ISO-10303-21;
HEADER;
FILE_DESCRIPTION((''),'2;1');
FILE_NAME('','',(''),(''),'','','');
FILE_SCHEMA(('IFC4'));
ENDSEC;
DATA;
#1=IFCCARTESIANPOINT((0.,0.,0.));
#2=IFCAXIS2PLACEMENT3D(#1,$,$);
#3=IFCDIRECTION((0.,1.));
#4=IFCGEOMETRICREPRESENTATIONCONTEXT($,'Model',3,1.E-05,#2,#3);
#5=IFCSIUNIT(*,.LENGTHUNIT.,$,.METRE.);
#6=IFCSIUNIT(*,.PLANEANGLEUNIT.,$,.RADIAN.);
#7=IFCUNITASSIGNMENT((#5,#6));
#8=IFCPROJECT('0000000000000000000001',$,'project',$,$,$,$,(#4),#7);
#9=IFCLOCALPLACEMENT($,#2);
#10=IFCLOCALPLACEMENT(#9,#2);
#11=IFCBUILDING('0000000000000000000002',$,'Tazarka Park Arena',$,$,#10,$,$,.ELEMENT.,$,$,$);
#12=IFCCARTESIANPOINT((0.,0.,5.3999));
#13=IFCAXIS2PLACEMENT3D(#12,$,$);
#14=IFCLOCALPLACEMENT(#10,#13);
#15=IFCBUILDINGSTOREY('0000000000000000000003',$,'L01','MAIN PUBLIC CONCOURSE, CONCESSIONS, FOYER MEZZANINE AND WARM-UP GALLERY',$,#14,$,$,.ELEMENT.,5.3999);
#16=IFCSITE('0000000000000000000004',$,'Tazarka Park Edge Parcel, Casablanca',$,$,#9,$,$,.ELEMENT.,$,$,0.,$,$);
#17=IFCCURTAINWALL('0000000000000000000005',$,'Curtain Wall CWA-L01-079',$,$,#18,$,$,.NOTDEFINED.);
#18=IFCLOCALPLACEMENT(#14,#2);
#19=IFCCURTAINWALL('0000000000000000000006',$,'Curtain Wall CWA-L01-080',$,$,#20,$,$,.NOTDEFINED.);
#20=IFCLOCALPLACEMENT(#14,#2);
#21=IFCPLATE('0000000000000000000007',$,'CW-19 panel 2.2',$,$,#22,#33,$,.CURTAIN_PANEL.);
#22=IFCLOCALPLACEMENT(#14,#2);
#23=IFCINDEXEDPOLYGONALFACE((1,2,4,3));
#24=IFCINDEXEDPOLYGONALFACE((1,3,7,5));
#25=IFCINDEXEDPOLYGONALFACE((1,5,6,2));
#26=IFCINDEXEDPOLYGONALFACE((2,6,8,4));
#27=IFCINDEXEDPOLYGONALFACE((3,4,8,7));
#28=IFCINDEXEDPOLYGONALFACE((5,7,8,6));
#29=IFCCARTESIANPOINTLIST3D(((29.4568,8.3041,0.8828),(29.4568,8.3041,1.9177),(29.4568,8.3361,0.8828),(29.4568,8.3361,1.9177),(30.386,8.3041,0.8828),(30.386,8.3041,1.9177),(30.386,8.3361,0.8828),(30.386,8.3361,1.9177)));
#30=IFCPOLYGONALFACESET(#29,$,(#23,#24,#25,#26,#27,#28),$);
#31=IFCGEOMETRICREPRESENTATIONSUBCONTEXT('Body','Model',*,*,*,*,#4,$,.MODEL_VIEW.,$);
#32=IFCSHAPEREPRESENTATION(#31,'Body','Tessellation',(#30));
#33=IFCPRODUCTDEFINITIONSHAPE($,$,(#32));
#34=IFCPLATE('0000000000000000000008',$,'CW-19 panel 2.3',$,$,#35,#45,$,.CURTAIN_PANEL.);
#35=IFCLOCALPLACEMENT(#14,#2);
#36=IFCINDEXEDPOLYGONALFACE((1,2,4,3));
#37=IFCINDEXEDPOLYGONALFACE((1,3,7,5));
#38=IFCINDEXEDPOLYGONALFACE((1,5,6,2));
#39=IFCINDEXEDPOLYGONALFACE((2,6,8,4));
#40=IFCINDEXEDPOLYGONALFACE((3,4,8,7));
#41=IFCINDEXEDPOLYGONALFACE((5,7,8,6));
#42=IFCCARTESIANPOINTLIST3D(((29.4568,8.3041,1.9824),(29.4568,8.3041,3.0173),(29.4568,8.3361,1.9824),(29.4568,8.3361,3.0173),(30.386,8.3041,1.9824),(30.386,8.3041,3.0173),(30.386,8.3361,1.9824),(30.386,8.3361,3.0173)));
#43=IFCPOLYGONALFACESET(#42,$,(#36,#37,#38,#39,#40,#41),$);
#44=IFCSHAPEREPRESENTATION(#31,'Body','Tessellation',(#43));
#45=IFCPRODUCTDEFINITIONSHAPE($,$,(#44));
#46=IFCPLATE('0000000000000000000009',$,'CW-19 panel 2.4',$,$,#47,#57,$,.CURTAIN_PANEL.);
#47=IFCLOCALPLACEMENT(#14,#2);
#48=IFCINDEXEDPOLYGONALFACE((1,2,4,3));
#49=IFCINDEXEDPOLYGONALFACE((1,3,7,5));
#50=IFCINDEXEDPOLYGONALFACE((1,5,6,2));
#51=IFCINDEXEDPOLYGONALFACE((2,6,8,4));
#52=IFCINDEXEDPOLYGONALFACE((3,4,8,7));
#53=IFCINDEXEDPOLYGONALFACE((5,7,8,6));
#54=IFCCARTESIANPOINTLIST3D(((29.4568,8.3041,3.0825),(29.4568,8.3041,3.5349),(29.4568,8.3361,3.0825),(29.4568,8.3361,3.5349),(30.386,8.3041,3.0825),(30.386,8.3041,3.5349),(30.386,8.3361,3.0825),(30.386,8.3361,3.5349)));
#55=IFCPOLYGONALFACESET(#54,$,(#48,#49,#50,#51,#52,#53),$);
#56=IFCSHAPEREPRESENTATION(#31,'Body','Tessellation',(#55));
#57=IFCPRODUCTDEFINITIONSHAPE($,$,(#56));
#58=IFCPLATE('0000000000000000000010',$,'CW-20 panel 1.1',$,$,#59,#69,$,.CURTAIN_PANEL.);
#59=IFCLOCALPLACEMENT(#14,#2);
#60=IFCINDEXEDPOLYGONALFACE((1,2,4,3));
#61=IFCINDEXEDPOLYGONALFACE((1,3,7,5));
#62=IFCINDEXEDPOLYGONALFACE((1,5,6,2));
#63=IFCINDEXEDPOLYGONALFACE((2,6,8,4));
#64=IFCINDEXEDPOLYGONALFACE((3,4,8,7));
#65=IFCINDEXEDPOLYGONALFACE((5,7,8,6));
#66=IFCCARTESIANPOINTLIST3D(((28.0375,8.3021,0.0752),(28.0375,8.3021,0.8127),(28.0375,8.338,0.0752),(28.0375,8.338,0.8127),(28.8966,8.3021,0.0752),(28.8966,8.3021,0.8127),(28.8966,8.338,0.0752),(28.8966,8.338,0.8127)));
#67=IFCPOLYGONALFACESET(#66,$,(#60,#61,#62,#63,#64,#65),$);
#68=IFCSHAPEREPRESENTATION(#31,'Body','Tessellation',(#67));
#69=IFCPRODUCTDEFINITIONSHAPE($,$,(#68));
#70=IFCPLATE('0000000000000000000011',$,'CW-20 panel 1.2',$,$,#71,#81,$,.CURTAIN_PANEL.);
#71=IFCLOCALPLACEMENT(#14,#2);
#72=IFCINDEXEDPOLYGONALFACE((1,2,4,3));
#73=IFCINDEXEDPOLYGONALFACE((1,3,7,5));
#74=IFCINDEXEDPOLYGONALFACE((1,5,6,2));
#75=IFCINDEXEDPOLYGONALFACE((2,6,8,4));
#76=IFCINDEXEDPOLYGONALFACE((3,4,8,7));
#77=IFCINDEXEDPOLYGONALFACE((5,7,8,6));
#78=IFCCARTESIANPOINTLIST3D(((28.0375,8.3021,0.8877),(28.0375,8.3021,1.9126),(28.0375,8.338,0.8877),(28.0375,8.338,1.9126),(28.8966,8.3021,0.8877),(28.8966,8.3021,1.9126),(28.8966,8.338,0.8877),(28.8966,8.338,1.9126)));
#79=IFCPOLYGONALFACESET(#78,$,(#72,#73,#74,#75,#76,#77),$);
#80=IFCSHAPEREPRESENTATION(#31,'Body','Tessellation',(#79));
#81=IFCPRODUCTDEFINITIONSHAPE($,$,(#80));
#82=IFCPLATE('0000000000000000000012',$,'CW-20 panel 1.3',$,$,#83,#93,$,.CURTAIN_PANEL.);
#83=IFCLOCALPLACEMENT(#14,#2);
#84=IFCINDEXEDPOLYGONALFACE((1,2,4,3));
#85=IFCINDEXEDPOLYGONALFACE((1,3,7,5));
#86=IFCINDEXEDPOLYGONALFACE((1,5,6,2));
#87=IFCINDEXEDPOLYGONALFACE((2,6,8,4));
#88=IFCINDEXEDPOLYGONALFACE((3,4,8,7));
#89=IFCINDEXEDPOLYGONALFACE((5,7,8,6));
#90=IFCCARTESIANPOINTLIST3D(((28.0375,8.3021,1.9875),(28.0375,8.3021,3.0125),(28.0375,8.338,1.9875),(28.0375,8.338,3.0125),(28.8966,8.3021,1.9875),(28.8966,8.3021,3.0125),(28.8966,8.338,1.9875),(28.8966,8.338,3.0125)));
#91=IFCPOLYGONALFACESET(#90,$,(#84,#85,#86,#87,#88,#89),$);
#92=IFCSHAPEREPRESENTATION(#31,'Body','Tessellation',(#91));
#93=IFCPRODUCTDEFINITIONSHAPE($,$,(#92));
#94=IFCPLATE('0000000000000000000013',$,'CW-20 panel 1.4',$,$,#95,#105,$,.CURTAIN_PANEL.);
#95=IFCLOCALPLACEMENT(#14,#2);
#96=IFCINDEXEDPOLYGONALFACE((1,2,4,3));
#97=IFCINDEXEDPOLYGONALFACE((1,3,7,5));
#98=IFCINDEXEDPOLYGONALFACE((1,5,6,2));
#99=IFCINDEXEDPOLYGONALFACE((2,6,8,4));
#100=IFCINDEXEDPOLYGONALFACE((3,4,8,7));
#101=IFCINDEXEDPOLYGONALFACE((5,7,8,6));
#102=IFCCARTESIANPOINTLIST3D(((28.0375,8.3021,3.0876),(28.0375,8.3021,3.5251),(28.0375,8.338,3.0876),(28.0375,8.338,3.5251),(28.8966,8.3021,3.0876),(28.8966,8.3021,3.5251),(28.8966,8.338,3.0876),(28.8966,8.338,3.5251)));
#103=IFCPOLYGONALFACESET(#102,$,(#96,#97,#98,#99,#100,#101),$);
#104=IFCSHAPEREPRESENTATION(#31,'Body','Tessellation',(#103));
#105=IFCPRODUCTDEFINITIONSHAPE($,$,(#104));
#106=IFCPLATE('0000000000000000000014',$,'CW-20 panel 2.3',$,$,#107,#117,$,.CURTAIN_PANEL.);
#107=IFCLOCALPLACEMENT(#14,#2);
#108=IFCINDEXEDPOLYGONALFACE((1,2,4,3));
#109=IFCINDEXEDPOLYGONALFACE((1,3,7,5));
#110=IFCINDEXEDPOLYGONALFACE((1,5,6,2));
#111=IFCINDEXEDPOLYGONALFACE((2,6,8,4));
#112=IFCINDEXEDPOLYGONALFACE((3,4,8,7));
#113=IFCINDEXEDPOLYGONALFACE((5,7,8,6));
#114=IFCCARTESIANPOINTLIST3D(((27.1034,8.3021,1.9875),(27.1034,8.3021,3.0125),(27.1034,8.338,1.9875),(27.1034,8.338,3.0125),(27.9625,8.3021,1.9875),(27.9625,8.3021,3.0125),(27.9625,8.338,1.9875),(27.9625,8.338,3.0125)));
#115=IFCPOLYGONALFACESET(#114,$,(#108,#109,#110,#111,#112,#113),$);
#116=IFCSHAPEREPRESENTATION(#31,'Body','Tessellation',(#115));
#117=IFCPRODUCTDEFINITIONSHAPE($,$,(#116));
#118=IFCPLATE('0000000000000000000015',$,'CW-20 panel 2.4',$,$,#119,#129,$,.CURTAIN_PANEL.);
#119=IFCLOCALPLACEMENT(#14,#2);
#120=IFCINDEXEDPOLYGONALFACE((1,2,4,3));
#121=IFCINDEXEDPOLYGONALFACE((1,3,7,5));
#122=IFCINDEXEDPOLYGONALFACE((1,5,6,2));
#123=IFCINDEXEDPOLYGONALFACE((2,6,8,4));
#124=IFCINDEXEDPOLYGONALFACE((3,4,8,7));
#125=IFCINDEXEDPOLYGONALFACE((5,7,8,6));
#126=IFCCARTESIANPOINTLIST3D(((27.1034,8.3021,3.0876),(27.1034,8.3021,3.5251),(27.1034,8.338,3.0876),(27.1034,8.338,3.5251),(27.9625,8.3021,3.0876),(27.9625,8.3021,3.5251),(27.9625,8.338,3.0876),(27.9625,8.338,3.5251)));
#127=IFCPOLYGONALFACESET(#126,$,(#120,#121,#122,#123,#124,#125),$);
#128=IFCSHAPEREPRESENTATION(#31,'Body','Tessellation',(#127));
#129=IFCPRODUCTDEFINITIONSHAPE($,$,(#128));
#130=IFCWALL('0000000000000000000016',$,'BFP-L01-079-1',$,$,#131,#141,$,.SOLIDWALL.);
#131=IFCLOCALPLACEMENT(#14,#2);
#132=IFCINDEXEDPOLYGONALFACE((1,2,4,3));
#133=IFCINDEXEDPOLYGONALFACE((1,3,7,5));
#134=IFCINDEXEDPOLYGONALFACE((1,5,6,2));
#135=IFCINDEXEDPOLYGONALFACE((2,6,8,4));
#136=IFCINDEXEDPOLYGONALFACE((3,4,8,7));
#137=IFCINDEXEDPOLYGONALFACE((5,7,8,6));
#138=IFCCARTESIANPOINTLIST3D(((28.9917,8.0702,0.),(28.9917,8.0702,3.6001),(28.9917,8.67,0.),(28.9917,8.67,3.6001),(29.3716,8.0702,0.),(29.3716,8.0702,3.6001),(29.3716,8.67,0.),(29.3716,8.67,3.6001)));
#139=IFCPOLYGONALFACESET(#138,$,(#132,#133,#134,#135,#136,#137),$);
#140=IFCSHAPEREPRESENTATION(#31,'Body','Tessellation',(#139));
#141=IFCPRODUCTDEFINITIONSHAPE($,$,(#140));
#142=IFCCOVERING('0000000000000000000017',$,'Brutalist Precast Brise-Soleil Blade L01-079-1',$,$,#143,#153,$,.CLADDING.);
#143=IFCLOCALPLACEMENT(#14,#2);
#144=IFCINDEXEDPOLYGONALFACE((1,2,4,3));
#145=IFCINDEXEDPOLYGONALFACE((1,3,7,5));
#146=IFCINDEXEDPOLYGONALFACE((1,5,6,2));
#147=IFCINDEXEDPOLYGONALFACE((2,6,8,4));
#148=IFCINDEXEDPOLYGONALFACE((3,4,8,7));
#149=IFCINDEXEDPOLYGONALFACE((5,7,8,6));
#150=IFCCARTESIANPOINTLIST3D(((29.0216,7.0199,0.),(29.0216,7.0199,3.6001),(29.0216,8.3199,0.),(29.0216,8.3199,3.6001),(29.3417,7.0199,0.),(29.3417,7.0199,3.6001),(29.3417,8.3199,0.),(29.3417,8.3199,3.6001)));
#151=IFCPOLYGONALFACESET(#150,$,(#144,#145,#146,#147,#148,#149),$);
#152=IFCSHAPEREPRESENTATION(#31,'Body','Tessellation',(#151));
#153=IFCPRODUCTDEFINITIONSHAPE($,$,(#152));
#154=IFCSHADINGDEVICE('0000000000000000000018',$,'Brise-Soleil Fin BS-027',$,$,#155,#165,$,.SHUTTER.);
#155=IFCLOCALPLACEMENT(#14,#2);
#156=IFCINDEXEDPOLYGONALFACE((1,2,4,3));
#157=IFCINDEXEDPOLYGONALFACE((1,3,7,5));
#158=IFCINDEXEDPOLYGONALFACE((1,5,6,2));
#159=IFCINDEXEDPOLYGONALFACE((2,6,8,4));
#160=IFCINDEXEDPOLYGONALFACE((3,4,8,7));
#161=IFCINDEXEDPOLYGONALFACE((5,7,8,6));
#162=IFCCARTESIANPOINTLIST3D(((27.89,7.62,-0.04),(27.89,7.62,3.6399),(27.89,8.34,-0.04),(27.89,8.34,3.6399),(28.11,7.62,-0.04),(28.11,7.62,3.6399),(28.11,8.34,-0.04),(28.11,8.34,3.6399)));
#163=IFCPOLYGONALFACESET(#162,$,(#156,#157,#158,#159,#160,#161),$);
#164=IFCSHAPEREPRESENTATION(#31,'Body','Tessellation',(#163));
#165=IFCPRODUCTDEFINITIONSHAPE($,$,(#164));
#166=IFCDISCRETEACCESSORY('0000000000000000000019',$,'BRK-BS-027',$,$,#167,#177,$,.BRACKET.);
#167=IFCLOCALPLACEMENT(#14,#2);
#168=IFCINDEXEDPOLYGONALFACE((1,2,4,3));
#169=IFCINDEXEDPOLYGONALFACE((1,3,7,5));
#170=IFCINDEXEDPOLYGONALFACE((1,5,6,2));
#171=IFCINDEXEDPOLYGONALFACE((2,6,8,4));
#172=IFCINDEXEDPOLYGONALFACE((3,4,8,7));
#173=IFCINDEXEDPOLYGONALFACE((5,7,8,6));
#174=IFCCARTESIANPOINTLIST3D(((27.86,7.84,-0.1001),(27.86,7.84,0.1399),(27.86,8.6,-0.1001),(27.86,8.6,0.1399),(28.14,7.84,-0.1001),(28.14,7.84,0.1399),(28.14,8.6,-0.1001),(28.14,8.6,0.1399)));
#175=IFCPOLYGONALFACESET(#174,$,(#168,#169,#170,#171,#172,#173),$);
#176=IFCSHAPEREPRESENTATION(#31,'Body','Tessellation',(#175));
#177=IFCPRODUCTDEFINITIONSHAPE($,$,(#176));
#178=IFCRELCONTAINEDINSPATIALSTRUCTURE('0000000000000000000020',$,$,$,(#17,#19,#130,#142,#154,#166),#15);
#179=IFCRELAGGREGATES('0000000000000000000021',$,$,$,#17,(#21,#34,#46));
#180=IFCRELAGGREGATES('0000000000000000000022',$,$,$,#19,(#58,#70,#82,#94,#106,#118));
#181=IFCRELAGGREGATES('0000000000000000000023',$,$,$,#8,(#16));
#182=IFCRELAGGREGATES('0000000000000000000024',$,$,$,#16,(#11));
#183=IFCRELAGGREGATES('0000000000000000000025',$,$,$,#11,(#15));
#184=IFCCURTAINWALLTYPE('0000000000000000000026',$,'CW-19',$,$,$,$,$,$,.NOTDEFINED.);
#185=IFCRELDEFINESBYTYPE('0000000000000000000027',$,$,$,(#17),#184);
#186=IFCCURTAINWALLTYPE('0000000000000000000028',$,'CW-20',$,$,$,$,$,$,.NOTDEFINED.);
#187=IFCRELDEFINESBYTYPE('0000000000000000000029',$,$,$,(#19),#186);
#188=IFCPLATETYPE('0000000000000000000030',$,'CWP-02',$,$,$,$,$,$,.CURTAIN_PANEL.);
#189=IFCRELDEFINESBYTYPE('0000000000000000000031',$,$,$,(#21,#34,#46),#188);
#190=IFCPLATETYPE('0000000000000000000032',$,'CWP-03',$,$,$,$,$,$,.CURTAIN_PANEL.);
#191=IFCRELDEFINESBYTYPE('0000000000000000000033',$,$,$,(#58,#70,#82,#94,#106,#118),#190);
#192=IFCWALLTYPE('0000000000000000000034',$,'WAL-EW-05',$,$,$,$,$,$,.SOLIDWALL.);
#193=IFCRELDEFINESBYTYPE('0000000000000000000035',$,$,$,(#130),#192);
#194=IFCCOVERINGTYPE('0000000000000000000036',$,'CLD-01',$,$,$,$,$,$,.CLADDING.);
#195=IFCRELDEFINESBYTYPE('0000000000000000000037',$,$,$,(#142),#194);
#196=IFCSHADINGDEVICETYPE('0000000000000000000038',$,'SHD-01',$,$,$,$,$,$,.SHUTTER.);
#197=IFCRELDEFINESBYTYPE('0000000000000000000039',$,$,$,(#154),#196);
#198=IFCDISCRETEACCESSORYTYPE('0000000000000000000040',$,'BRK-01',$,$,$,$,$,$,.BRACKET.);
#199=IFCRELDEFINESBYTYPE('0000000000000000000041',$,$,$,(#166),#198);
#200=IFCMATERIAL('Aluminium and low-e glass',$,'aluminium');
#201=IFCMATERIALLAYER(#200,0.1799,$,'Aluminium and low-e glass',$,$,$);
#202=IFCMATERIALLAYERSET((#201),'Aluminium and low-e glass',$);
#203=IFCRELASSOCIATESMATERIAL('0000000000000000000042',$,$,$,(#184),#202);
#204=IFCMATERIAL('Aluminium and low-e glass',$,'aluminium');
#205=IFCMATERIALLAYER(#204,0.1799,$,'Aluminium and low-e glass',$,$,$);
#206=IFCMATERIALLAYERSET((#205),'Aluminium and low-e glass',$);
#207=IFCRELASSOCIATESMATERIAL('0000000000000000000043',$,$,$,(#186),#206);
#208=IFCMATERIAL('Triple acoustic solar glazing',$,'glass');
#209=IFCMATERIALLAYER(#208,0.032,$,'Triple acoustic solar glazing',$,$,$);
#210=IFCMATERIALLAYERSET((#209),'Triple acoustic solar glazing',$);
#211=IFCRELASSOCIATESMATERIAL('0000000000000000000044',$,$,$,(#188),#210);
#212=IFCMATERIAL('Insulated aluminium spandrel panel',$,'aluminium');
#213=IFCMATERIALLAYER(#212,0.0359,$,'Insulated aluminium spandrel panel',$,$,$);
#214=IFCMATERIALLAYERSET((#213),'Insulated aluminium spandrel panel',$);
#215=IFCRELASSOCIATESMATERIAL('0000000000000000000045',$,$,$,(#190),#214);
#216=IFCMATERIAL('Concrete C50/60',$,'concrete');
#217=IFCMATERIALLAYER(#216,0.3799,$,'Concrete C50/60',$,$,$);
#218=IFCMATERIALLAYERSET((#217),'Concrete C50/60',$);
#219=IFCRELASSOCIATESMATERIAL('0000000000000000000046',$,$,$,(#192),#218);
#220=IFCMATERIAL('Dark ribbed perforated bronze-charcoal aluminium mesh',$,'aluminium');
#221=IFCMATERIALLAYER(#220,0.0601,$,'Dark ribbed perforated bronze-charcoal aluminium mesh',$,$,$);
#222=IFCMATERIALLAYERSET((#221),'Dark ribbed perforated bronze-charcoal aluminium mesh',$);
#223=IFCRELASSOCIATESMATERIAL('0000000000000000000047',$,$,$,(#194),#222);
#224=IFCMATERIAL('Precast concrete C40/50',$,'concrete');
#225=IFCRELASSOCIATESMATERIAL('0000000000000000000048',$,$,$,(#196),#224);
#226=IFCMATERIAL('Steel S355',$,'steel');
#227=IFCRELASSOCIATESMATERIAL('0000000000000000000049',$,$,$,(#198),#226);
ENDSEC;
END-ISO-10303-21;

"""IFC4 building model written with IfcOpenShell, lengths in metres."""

from ifc_helpers import new_model, si_unit, direction, frame, frame_2d, origin, origin_2d, place, context, subcontext, project, spatial, rectangle, extrude, material, layer, layer_set, type_object, element, aggregate, save


model = new_model("IFC4")

# Units and contexts
model_context = context("Model", 3, precision=1e-05, world=origin(), true_north=direction((0.0, 1.0)))
body_context = subcontext(model_context, "Body", "Model", "MODEL_VIEW")
ifc_project = project(units=[si_unit("LENGTHUNIT", "METRE"), si_unit("PLANEANGLEUNIT", "RADIAN")], contexts=[model_context])

# Site, building, storey
site_placement = place(None, origin())
site = spatial("IfcSite", under=ifc_project, at=site_placement, Name="Tazarka Park Edge Parcel, Casablanca", CompositionType="ELEMENT", RefElevation=0.0)
building_placement = place(site_placement, origin())
building = spatial("IfcBuilding", under=site, at=building_placement, Name="Tazarka Park Arena", CompositionType="ELEMENT")
storey_placement = place(building_placement, frame((0.0, 0.0, 5.3999)))
storey = spatial("IfcBuildingStorey", under=building, at=storey_placement, Name="L01", Description="MAIN PUBLIC CONCOURSE, CONCESSIONS, FOYER MEZZANINE AND WARM-UP GALLERY", CompositionType="ELEMENT", Elevation=5.3999)

# Curtain wall
ifc_material_1 = material(Name="Aluminium and low-e glass", Category="aluminium")
ifc_layer_1 = layer(ifc_material_1, 0.1799, Name="Aluminium and low-e glass")
ifc_layer_set_1 = layer_set([ifc_layer_1], Name="Aluminium and low-e glass")
curtain_wall_type_1 = type_object("IfcCurtainWallType", Name="CW-19", PredefinedType="NOTDEFINED", material=ifc_layer_set_1)
curtain_wall_1_placement = place(storey_placement, origin())
curtain_wall_1 = element("IfcCurtainWall", 1, at=curtain_wall_1_placement, inside=storey, type_object=curtain_wall_type_1, Name="Curtain Wall CWA-L01-079", PredefinedType="NOTDEFINED")

# Curtain wall
ifc_material_2 = material(Name="Aluminium and low-e glass", Category="aluminium")
ifc_layer_2 = layer(ifc_material_2, 0.1799, Name="Aluminium and low-e glass")
ifc_layer_set_2 = layer_set([ifc_layer_2], Name="Aluminium and low-e glass")
curtain_wall_type_2 = type_object("IfcCurtainWallType", Name="CW-20", PredefinedType="NOTDEFINED", material=ifc_layer_set_2)
curtain_wall_2_placement = place(storey_placement, origin())
curtain_wall_2 = element("IfcCurtainWall", 2, at=curtain_wall_2_placement, inside=storey, type_object=curtain_wall_type_2, Name="Curtain Wall CWA-L01-080", PredefinedType="NOTDEFINED")

# Plates
ifc_material_3 = material(Name="Triple acoustic solar glazing", Category="glass")
ifc_layer_3 = layer(ifc_material_3, 0.032, Name="Triple acoustic solar glazing")
ifc_layer_set_3 = layer_set([ifc_layer_3], Name="Triple acoustic solar glazing")
plate_type_1 = type_object("IfcPlateType", Name="CWP-02", PredefinedType="CURTAIN_PANEL", material=ifc_layer_set_3)
plate_1_placement = place(storey_placement, frame((29.9214, 8.3201, 0.8828), z_axis=(0.0, 0.0, 1.0), x_axis=(-1.0, 0.0, 0.0)))
plate_1 = element("IfcPlate", 3, at=plate_1_placement, type_object=plate_type_1, Name="CW-19 panel 2.2", PredefinedType="CURTAIN_PANEL", context=body_context, shape_type="SweptSolid", body=[
    extrude(rectangle(XDim=0.9292, YDim=0.032, at=origin_2d()), origin(), (0.0, 0.0, 1.0), 1.0349),
])
plate_2_placement = place(storey_placement, frame((29.9214, 8.3201, 1.9824), z_axis=(0.0, 0.0, 1.0), x_axis=(-1.0, 0.0, 0.0)))
plate_2 = element("IfcPlate", 4, at=plate_2_placement, type_object=plate_type_1, Name="CW-19 panel 2.3", PredefinedType="CURTAIN_PANEL", context=body_context, shape_type="SweptSolid", body=[
    extrude(rectangle(XDim=0.9292, YDim=0.032, at=origin_2d()), origin(), (0.0, 0.0, 1.0), 1.0349),
])
plate_3_placement = place(storey_placement, frame((29.9214, 8.3201, 3.0825), z_axis=(0.0, 0.0, 1.0), x_axis=(-1.0, 0.0, 0.0)))
plate_3 = element("IfcPlate", 5, at=plate_3_placement, type_object=plate_type_1, Name="CW-19 panel 2.4", PredefinedType="CURTAIN_PANEL", context=body_context, shape_type="SweptSolid", body=[
    extrude(rectangle(XDim=0.9292, YDim=0.032, at=origin_2d()), origin(), (0.0, 0.0, 1.0), 0.4524),
])
aggregate(curtain_wall_1, [plate_1, plate_2, plate_3])
ifc_material_4 = material(Name="Insulated aluminium spandrel panel", Category="aluminium")
ifc_layer_4 = layer(ifc_material_4, 0.0359, Name="Insulated aluminium spandrel panel")
ifc_layer_set_4 = layer_set([ifc_layer_4], Name="Insulated aluminium spandrel panel")
plate_type_2 = type_object("IfcPlateType", Name="CWP-03", PredefinedType="CURTAIN_PANEL", material=ifc_layer_set_4)
plate_4_placement = place(storey_placement, frame((28.467, 8.3201, 0.0752), z_axis=(0.0, 0.0, 1.0), x_axis=(-1.0, 0.0, 0.0)))
plate_4 = element("IfcPlate", 6, at=plate_4_placement, type_object=plate_type_2, Name="CW-20 panel 1.1", PredefinedType="CURTAIN_PANEL", context=body_context, shape_type="SweptSolid", body=[
    extrude(rectangle(XDim=0.8591, YDim=0.0359, at=origin_2d()), origin(), (0.0, 0.0, 1.0), 0.7375),
])
plate_5_placement = place(storey_placement, frame((28.467, 8.3201, 0.8877), z_axis=(0.0, 0.0, 1.0), x_axis=(-1.0, 0.0, 0.0)))
plate_5 = element("IfcPlate", 7, at=plate_5_placement, type_object=plate_type_2, Name="CW-20 panel 1.2", PredefinedType="CURTAIN_PANEL", context=body_context, shape_type="SweptSolid", body=[
    extrude(rectangle(XDim=0.8591, YDim=0.0359, at=origin_2d()), origin(), (0.0, 0.0, 1.0), 1.0249),
])
plate_6_placement = place(storey_placement, frame((28.467, 8.3201, 1.9875), z_axis=(0.0, 0.0, 1.0), x_axis=(-1.0, 0.0, 0.0)))
plate_6 = element("IfcPlate", 8, at=plate_6_placement, type_object=plate_type_2, Name="CW-20 panel 1.3", PredefinedType="CURTAIN_PANEL", context=body_context, shape_type="SweptSolid", body=[
    extrude(rectangle(XDim=0.8591, YDim=0.0359, at=origin_2d()), origin(), (0.0, 0.0, 1.0), 1.0249),
])
plate_7_placement = place(storey_placement, frame((28.467, 8.3201, 3.0876), z_axis=(0.0, 0.0, 1.0), x_axis=(-1.0, 0.0, 0.0)))
plate_7 = element("IfcPlate", 9, at=plate_7_placement, type_object=plate_type_2, Name="CW-20 panel 1.4", PredefinedType="CURTAIN_PANEL", context=body_context, shape_type="SweptSolid", body=[
    extrude(rectangle(XDim=0.8591, YDim=0.0359, at=origin_2d()), origin(), (0.0, 0.0, 1.0), 0.4375),
])
plate_8_placement = place(storey_placement, frame((27.533, 8.3201, 1.9875), z_axis=(0.0, 0.0, 1.0), x_axis=(-1.0, 0.0, 0.0)))
plate_8 = element("IfcPlate", 10, at=plate_8_placement, type_object=plate_type_2, Name="CW-20 panel 2.3", PredefinedType="CURTAIN_PANEL", context=body_context, shape_type="SweptSolid", body=[
    extrude(rectangle(XDim=0.8591, YDim=0.0359, at=origin_2d()), origin(), (0.0, 0.0, 1.0), 1.0249),
])
plate_9_placement = place(storey_placement, frame((27.533, 8.3201, 3.0876), z_axis=(0.0, 0.0, 1.0), x_axis=(-1.0, 0.0, 0.0)))
plate_9 = element("IfcPlate", 11, at=plate_9_placement, type_object=plate_type_2, Name="CW-20 panel 2.4", PredefinedType="CURTAIN_PANEL", context=body_context, shape_type="SweptSolid", body=[
    extrude(rectangle(XDim=0.8591, YDim=0.0359, at=origin_2d()), origin(), (0.0, 0.0, 1.0), 0.4375),
])
aggregate(curtain_wall_2, [plate_4, plate_5, plate_6, plate_7, plate_8, plate_9])

# Wall
ifc_material_5 = material(Name="Concrete C50/60", Category="concrete")
ifc_layer_5 = layer(ifc_material_5, 0.3799, Name="Concrete C50/60")
ifc_layer_set_5 = layer_set([ifc_layer_5], Name="Concrete C50/60")
wall_type = type_object("IfcWallType", Name="WAL-EW-05", PredefinedType="SOLIDWALL", material=ifc_layer_set_5)
wall_placement = place(storey_placement, frame((29.1816, 8.6699, 0.0), z_axis=(0.0, 0.0, 1.0), x_axis=(0.0, -1.0, 0.0)))
element("IfcWall", 12, at=wall_placement, inside=storey, type_object=wall_type, Name="BFP-L01-079-1", PredefinedType="SOLIDWALL", context=body_context, shape_type="SweptSolid", body=[
    extrude(rectangle(XDim=0.5999, YDim=0.3799, at=frame_2d((0.2998, 0.0))), origin(), (0.0, 0.0, 1.0), 3.6001),
])

# Covering
ifc_material_6 = material(Name="Dark ribbed perforated bronze-charcoal aluminium mesh", Category="aluminium")
ifc_layer_6 = layer(ifc_material_6, 0.0601, Name="Dark ribbed perforated bronze-charcoal aluminium mesh")
ifc_layer_set_6 = layer_set([ifc_layer_6], Name="Dark ribbed perforated bronze-charcoal aluminium mesh")
covering_type = type_object("IfcCoveringType", Name="CLD-01", PredefinedType="CLADDING", material=ifc_layer_set_6)
covering_placement = place(storey_placement, frame((29.1816, 7.6699, 0.0), z_axis=(0.0, 0.0, 1.0), x_axis=(-1.0, 0.0, 0.0)))
element("IfcCovering", 13, at=covering_placement, inside=storey, type_object=covering_type, Name="Brutalist Precast Brise-Soleil Blade L01-079-1", PredefinedType="CLADDING", context=body_context, shape_type="SweptSolid", body=[
    extrude(rectangle(XDim=0.3201, YDim=1.3, at=origin_2d()), origin(), (0.0, 0.0, 1.0), 3.6001),
])

# Shading device
ifc_material_7 = material(Name="Precast concrete C40/50", Category="concrete")
shading_device_type = type_object("IfcShadingDeviceType", Name="SHD-01", PredefinedType="SHUTTER", material=ifc_material_7)
shading_device_placement = place(storey_placement, frame((28.0, 7.98, -0.04), z_axis=(0.0, 0.0, 1.0), x_axis=(-1.0, 0.0, 0.0)))
element("IfcShadingDevice", 14, at=shading_device_placement, inside=storey, type_object=shading_device_type, Name="Brise-Soleil Fin BS-027", PredefinedType="SHUTTER", context=body_context, shape_type="SweptSolid", body=[
    extrude(rectangle(XDim=0.22, YDim=0.72, at=origin_2d()), origin(), (0.0, 0.0, 1.0), 3.6799),
])

# Discrete accessory
ifc_material_8 = material(Name="Steel S355", Category="steel")
discrete_accessory_type = type_object("IfcDiscreteAccessoryType", Name="BRK-01", PredefinedType="BRACKET", material=ifc_material_8)
discrete_accessory_placement = place(storey_placement, frame((28.0, 8.22, -0.1001), z_axis=(0.0, 0.0, 1.0), x_axis=(-1.0, 0.0, 0.0)))
element("IfcDiscreteAccessory", 15, at=discrete_accessory_placement, inside=storey, type_object=discrete_accessory_type, Name="BRK-BS-027", PredefinedType="BRACKET", context=body_context, shape_type="SweptSolid", body=[
    extrude(rectangle(XDim=0.28, YDim=0.76, at=origin_2d()), origin(), (0.0, 0.0, 1.0), 0.24),
])

save(model, "model.ifc")
